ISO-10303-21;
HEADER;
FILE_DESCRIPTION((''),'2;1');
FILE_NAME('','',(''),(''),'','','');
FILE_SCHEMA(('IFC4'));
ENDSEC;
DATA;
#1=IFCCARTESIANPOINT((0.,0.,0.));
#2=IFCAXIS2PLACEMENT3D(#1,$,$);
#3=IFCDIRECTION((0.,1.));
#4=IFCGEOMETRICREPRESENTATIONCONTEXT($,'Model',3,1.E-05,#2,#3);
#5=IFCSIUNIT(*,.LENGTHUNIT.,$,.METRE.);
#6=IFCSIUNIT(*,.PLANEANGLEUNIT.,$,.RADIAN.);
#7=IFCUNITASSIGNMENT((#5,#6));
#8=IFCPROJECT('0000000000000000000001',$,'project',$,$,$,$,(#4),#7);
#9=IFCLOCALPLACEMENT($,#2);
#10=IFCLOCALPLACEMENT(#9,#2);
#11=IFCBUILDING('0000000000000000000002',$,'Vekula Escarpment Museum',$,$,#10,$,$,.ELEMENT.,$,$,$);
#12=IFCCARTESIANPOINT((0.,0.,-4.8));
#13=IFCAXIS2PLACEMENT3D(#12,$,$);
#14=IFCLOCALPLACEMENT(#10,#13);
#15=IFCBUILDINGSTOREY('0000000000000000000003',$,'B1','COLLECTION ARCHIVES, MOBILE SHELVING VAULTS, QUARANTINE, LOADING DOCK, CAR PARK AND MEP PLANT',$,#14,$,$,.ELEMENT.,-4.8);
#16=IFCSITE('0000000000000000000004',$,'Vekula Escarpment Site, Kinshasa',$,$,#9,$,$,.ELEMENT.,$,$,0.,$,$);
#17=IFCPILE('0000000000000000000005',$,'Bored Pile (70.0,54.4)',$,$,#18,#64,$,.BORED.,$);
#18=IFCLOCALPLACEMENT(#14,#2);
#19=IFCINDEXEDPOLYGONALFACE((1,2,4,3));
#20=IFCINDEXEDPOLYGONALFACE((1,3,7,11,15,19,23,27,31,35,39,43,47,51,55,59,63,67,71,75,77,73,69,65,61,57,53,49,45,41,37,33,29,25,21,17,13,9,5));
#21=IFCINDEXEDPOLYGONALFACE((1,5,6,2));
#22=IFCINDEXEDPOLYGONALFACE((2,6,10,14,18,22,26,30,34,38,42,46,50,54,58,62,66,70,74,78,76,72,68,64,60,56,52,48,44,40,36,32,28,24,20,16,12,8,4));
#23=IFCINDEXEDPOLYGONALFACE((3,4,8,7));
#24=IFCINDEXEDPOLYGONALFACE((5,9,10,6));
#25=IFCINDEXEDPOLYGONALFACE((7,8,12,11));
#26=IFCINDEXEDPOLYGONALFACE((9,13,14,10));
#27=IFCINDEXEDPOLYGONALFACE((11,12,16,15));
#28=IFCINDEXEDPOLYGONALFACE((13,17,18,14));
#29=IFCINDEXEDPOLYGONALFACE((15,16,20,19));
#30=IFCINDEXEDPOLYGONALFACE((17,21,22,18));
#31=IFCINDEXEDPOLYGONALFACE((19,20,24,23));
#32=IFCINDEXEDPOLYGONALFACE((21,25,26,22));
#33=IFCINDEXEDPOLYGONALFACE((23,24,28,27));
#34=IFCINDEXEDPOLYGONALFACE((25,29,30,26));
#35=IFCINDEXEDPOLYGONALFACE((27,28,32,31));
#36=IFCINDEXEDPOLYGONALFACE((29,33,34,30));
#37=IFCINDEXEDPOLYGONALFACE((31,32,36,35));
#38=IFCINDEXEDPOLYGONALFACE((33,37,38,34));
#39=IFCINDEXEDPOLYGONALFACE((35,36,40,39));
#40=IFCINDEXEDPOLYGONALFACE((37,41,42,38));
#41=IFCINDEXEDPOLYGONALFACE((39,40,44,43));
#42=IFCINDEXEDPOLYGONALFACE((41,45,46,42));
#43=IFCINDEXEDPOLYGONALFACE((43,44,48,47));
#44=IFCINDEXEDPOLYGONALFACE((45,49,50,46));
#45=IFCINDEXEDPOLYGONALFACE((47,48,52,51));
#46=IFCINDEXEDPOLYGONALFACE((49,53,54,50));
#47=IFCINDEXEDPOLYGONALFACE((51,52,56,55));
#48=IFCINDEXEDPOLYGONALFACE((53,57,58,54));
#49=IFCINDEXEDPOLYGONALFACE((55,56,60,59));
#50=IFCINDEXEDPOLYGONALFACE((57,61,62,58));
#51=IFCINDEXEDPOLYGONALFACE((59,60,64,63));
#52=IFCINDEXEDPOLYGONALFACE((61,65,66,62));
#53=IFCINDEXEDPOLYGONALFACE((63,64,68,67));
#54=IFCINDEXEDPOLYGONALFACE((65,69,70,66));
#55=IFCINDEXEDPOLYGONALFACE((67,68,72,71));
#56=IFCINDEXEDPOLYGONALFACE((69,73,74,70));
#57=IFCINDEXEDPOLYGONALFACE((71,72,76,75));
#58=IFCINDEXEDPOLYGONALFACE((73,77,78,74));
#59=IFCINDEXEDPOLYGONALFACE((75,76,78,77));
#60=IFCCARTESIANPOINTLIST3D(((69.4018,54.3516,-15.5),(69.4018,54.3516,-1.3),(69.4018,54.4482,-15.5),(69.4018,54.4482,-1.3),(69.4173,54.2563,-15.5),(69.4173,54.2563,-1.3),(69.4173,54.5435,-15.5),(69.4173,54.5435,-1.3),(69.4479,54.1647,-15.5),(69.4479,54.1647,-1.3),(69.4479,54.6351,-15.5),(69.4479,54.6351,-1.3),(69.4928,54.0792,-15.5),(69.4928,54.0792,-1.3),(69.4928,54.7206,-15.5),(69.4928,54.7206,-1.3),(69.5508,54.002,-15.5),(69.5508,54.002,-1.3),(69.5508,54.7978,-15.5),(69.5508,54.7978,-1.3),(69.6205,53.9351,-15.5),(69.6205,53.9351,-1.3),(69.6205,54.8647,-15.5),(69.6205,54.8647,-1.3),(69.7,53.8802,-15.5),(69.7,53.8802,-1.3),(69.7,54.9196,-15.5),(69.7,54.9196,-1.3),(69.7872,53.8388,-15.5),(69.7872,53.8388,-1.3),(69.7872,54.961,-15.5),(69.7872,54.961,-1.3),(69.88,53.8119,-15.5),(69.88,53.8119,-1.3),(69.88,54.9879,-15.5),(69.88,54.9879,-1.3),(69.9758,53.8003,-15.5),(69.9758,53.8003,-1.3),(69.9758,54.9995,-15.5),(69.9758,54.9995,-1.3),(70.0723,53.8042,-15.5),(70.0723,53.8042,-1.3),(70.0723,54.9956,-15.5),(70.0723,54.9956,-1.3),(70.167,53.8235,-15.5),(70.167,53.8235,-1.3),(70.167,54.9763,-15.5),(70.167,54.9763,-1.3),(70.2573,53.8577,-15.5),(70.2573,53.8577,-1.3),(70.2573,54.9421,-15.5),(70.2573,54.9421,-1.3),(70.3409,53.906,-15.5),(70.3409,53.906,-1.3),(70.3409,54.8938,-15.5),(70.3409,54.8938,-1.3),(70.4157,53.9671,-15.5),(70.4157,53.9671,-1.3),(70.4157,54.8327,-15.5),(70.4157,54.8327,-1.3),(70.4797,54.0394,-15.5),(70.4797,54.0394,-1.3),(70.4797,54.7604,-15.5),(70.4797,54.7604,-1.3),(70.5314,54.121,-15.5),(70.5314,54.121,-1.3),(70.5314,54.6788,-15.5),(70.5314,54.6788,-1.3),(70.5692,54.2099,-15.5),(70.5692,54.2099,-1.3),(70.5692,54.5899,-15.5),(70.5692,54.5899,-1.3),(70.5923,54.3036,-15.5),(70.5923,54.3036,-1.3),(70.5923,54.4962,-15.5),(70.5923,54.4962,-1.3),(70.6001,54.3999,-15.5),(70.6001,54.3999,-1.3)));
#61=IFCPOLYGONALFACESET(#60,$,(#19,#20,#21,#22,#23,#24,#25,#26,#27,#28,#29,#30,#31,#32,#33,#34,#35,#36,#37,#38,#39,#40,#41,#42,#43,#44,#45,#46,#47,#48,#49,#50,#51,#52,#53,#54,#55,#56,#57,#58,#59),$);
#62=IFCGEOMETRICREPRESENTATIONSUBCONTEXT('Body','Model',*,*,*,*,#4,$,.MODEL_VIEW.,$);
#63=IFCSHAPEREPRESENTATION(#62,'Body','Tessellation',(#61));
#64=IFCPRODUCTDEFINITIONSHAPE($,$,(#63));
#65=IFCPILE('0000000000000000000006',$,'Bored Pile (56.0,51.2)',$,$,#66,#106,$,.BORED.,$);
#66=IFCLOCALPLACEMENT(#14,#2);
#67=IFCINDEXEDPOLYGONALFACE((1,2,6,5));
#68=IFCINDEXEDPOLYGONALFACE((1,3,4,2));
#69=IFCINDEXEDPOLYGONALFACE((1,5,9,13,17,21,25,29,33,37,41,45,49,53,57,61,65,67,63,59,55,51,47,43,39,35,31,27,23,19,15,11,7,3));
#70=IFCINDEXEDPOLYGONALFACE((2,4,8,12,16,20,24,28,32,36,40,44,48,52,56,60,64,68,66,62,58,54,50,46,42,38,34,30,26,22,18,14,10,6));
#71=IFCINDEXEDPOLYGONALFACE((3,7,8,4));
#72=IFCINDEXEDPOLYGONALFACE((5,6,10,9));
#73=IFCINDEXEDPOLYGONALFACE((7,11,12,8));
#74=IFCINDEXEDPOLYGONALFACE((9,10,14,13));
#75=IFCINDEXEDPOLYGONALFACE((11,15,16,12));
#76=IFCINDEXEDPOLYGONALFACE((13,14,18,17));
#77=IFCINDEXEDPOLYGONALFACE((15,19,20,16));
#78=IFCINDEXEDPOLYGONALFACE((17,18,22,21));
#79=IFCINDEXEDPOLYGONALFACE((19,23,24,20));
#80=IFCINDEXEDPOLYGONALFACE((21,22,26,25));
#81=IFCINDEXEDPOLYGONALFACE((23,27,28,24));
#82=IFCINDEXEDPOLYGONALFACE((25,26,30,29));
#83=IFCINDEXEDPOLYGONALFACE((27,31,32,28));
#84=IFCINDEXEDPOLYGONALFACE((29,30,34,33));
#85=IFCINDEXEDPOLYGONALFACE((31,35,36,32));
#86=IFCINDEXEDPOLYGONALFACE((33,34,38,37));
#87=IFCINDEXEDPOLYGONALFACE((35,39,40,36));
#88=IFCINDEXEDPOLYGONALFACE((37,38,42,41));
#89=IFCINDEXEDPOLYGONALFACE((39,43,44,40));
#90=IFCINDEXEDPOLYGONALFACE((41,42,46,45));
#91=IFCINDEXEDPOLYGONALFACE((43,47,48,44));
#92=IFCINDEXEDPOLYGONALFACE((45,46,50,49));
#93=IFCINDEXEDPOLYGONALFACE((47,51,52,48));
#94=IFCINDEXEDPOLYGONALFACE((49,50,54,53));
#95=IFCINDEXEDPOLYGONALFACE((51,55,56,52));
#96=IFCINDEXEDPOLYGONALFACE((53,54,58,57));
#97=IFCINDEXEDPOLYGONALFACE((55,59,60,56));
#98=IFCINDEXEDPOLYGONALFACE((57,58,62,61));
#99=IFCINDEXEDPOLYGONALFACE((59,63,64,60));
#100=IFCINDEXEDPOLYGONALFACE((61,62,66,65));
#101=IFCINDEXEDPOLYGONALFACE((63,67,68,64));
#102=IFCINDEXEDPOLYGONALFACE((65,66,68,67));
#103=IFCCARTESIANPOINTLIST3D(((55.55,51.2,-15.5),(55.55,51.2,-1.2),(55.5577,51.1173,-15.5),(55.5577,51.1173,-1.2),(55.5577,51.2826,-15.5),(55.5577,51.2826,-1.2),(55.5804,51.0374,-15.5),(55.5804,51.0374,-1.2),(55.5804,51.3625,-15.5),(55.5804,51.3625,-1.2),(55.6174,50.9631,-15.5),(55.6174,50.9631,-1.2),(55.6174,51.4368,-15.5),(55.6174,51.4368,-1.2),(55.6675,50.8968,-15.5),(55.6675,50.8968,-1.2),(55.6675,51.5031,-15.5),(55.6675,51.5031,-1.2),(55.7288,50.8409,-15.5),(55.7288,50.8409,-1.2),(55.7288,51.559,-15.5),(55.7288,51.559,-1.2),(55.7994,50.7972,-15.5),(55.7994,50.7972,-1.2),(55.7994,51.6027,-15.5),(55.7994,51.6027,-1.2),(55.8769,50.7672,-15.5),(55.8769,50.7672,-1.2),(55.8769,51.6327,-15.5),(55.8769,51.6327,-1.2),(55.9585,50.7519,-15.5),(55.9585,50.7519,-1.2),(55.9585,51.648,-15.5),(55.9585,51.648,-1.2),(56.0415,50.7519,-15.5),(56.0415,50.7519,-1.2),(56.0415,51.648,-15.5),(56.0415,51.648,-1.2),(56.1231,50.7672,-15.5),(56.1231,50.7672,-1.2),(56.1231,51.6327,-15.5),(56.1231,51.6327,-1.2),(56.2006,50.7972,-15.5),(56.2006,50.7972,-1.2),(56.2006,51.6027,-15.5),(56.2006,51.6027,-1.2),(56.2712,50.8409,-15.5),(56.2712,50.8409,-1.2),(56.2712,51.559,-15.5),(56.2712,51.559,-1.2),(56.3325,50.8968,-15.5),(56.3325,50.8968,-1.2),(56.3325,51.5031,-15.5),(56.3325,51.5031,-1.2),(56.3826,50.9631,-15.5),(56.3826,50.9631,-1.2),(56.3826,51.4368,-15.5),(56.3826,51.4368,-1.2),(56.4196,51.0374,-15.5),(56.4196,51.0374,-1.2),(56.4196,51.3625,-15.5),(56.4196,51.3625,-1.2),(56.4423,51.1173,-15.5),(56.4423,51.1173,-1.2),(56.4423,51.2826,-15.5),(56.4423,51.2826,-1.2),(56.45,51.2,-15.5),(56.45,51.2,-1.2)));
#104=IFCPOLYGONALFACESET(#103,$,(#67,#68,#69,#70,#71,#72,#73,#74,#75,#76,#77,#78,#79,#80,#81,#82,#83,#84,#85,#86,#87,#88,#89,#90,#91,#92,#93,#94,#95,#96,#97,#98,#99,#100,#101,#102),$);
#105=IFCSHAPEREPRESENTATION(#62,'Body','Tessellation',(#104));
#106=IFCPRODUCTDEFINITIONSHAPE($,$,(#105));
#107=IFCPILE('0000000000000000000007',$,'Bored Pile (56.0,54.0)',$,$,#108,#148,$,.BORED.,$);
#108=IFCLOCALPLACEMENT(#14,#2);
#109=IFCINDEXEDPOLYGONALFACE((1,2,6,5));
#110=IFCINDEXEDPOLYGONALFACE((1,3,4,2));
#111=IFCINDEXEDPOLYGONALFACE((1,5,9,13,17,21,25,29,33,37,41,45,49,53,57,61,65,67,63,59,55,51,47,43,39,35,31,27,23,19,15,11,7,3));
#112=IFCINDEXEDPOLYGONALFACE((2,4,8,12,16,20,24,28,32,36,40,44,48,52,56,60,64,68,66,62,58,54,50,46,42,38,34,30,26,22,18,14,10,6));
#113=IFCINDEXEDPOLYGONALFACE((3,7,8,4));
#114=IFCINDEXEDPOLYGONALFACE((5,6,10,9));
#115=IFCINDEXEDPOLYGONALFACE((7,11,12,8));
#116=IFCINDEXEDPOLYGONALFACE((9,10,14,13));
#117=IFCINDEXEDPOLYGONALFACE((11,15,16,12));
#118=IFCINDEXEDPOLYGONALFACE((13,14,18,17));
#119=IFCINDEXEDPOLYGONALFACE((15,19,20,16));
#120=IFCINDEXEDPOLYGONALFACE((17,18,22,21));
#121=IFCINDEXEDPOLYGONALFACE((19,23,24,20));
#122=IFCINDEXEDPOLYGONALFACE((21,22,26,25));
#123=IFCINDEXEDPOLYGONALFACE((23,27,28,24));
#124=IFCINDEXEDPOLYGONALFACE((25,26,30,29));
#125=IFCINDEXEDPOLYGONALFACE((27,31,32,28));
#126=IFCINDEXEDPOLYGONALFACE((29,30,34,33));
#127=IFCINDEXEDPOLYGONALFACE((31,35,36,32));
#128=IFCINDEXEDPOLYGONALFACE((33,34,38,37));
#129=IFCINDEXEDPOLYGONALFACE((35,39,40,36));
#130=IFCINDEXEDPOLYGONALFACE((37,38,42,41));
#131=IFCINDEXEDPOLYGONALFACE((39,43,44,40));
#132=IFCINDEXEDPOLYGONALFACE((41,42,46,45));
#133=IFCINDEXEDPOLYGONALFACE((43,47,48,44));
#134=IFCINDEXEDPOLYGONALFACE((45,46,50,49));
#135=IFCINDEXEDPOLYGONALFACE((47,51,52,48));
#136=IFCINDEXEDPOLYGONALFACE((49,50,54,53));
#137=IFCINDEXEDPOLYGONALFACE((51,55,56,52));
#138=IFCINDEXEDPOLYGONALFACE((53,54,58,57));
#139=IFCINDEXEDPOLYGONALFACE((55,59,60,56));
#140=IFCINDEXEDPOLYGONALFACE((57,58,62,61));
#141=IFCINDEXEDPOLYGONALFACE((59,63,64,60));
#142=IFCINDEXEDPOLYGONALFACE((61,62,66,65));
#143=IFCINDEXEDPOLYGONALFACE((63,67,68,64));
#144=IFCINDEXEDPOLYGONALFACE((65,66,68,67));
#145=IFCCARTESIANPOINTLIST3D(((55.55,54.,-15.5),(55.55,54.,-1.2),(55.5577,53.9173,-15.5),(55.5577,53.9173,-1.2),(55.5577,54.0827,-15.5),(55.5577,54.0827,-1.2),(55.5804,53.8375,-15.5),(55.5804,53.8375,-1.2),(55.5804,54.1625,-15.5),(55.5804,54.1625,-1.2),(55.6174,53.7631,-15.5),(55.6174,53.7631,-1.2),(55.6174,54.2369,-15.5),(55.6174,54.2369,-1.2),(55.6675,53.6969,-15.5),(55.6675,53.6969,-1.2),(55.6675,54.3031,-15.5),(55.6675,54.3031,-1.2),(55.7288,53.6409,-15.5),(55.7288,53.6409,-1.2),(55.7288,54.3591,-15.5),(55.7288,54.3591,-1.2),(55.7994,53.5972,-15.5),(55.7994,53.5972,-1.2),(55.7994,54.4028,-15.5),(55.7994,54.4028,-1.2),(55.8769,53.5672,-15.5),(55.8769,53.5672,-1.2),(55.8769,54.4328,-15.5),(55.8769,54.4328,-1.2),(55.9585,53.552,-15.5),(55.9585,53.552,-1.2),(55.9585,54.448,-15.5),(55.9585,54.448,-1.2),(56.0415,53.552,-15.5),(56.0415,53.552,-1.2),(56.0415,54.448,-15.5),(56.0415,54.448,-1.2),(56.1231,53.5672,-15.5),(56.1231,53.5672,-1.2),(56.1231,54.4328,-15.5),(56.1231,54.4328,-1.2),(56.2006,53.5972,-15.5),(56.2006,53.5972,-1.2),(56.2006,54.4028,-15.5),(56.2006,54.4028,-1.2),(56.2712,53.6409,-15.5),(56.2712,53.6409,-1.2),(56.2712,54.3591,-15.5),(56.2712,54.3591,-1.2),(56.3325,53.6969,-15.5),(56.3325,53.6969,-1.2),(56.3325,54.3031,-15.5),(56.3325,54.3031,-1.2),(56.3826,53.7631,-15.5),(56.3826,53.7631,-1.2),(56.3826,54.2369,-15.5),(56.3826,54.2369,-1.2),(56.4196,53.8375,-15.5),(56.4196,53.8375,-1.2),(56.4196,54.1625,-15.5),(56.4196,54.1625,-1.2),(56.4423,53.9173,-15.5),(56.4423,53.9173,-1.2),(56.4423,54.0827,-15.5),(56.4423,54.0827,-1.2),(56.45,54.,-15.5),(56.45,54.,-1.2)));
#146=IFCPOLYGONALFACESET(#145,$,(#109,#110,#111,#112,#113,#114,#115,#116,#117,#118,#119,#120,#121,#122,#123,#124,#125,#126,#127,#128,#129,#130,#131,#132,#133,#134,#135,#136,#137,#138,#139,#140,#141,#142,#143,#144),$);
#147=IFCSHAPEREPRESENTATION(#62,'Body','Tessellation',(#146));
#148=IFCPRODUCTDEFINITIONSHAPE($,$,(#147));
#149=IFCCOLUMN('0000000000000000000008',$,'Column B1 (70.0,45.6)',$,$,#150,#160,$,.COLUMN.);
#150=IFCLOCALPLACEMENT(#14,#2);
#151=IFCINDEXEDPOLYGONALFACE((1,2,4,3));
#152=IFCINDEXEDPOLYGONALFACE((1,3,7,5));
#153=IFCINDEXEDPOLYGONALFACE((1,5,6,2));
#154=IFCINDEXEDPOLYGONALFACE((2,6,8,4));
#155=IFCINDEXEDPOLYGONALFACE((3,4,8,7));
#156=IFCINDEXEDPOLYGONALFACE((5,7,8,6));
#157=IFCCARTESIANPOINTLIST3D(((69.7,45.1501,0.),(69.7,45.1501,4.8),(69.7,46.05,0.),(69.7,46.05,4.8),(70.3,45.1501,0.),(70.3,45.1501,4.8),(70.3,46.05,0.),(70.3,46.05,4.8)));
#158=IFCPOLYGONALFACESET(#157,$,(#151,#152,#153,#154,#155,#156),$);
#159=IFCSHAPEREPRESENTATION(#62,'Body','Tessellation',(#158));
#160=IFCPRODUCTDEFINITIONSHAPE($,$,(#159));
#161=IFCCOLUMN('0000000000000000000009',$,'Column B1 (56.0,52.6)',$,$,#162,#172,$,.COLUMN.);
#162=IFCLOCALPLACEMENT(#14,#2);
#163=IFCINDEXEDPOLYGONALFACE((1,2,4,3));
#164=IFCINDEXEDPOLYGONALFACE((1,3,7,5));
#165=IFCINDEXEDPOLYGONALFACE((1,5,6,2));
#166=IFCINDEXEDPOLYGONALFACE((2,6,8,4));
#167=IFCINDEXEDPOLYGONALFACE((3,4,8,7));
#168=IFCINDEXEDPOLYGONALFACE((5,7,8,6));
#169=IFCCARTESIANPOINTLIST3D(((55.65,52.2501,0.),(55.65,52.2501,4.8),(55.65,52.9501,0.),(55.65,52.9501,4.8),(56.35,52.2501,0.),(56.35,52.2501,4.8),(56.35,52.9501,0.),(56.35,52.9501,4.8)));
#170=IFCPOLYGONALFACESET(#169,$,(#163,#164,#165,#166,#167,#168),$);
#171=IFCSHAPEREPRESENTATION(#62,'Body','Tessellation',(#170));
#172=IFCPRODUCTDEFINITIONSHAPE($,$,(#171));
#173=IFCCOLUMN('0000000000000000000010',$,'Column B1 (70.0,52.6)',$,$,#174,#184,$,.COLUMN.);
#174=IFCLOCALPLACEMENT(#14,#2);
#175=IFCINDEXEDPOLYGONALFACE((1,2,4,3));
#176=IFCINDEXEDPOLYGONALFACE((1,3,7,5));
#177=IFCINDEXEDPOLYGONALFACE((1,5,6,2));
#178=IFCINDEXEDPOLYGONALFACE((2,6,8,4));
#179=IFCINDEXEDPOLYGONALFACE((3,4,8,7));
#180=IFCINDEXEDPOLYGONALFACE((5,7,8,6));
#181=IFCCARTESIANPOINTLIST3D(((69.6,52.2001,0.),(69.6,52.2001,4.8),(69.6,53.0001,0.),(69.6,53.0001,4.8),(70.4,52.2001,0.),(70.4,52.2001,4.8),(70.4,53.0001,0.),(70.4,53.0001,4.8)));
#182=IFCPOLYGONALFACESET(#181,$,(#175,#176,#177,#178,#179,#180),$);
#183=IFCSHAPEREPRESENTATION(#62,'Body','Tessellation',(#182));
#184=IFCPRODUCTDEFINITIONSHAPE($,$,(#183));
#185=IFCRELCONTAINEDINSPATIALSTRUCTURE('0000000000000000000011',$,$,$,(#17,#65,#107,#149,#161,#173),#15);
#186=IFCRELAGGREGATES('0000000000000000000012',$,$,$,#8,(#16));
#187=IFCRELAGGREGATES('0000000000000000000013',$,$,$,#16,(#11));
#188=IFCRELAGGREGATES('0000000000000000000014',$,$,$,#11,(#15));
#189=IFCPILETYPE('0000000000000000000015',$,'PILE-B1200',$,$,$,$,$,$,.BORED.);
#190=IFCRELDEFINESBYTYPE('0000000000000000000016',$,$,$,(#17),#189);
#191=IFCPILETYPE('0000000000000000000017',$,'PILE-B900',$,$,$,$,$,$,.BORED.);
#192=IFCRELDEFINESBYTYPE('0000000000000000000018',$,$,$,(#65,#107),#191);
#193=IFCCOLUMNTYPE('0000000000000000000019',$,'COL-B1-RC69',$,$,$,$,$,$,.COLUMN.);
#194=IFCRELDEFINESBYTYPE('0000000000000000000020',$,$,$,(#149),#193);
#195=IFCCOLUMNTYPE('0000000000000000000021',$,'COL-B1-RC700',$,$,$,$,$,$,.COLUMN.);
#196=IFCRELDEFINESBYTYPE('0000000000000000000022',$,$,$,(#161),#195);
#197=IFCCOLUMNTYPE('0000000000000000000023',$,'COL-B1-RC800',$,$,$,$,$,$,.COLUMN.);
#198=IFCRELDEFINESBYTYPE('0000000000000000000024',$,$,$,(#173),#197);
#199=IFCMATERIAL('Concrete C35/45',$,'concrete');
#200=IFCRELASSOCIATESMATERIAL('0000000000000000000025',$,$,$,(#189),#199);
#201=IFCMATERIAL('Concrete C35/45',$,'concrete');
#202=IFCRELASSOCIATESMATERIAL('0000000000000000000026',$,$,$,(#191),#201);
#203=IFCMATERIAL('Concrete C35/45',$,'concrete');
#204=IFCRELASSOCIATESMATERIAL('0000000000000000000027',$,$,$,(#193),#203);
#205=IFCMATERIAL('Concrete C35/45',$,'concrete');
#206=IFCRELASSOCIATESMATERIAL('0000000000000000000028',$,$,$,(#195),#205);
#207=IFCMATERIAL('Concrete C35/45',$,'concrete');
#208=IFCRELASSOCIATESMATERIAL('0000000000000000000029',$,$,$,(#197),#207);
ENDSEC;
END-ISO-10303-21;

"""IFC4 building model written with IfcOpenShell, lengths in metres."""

from ifc_helpers import new_model, si_unit, direction, frame, origin, origin_2d, place, context, subcontext, project, spatial, rectangle, circle, extrude, material, material_profile, profile_set, type_object, element, save


model = new_model("IFC4")

# Units and contexts
model_context = context("Model", 3, precision=1e-05, world=origin(), true_north=direction((0.0, 1.0)))
body_context = subcontext(model_context, "Body", "Model", "MODEL_VIEW")
ifc_project = project(units=[si_unit("LENGTHUNIT", "METRE"), si_unit("PLANEANGLEUNIT", "RADIAN")], contexts=[model_context])

# Site, building, storey
site_placement = place(None, origin())
site = spatial("IfcSite", under=ifc_project, at=site_placement, Name="Vekula Escarpment Site, Kinshasa", CompositionType="ELEMENT", RefElevation=0.0)
building_placement = place(site_placement, origin())
building = spatial("IfcBuilding", under=site, at=building_placement, Name="Vekula Escarpment Museum", CompositionType="ELEMENT")
storey_placement = place(building_placement, frame((0.0, 0.0, -4.8)))
storey = spatial("IfcBuildingStorey", under=building, at=storey_placement, Name="B1", Description="COLLECTION ARCHIVES, MOBILE SHELVING VAULTS, QUARANTINE, LOADING DOCK, CAR PARK AND MEP PLANT", CompositionType="ELEMENT", Elevation=-4.8)

# Piles
ifc_material_1 = material(Name="Concrete C35/45", Category="concrete")
ifc_material_profile_1 = material_profile(ifc_material_1, circle(Radius=0.6001, at=origin_2d()), Name="BORED PILE 1200")
ifc_profile_set_1 = profile_set([ifc_material_profile_1], Name="Concrete C35/45")
pile_type_1 = type_object("IfcPileType", Name="PILE-B1200", PredefinedType="BORED", material=ifc_profile_set_1)
for number, where, z_axis, x_axis, name in (
    (1, (70.0, 54.3999, -1.3), (0.0, 0.0, -1.0), (1.0, 0.0, 0.0), "Bored Pile (70.0,54.4)"),
):
    element("IfcPile", number, at=place(storey_placement, frame(where, z_axis=z_axis, x_axis=x_axis)), inside=storey, type_object=pile_type_1, Name=name, PredefinedType="BORED", context=body_context, shape_type="SweptSolid", body=[
        extrude(circle(Radius=0.6001, at=origin_2d()), origin(), (0.0, 0.0, 1.0), 14.2),
    ])
ifc_material_2 = material(Name="Concrete C35/45", Category="concrete")
ifc_material_profile_2 = material_profile(ifc_material_2, circle(Radius=0.45, at=origin_2d()), Name="BORED PILE 900")
ifc_profile_set_2 = profile_set([ifc_material_profile_2], Name="Concrete C35/45")
pile_type_2 = type_object("IfcPileType", Name="PILE-B900", PredefinedType="BORED", material=ifc_profile_set_2)
for number, where, z_axis, x_axis, name in (
    (2, (56.0, 51.2, -1.2), (0.0, 0.0, -1.0), (1.0, 0.0, 0.0), "Bored Pile (56.0,51.2)"),
    (3, (56.0, 54.0, -1.2), (0.0, 0.0, -1.0), (1.0, 0.0, 0.0), "Bored Pile (56.0,54.0)"),
):
    element("IfcPile", number, at=place(storey_placement, frame(where, z_axis=z_axis, x_axis=x_axis)), inside=storey, type_object=pile_type_2, Name=name, PredefinedType="BORED", context=body_context, shape_type="SweptSolid", body=[
        extrude(circle(Radius=0.45, at=origin_2d()), origin(), (0.0, 0.0, 1.0), 14.3),
    ])

# Columns
ifc_material_3 = material(Name="Concrete C35/45", Category="concrete")
ifc_material_profile_3 = material_profile(ifc_material_3, rectangle(XDim=0.6001, YDim=0.8999, at=origin_2d()), Name="RC 600x900")
ifc_profile_set_3 = profile_set([ifc_material_profile_3], Name="Concrete C35/45")
column_type_1 = type_object("IfcColumnType", Name="COL-B1-RC69", PredefinedType="COLUMN", material=ifc_profile_set_3)
column_1_placement = place(storey_placement, frame((70.0, 45.6001, 0.0), z_axis=(0.0, 0.0, 1.0), x_axis=(1.0, 0.0, 0.0)))
element("IfcColumn", 4, at=column_1_placement, inside=storey, type_object=column_type_1, Name="Column B1 (70.0,45.6)", PredefinedType="COLUMN", context=body_context, shape_type="SweptSolid", body=[
    extrude(rectangle(XDim=0.6001, YDim=0.8999, at=origin_2d()), origin(), (0.0, 0.0, 1.0), 4.8),
])
ifc_material_4 = material(Name="Concrete C35/45", Category="concrete")
ifc_material_profile_4 = material_profile(ifc_material_4, rectangle(XDim=0.7, YDim=0.7, at=origin_2d()), Name="RC 700x700")
ifc_profile_set_4 = profile_set([ifc_material_profile_4], Name="Concrete C35/45")
column_type_2 = type_object("IfcColumnType", Name="COL-B1-RC700", PredefinedType="COLUMN", material=ifc_profile_set_4)
column_2_placement = place(storey_placement, frame((56.0, 52.6001, 0.0), z_axis=(0.0, 0.0, 1.0), x_axis=(1.0, 0.0, 0.0)))
element("IfcColumn", 5, at=column_2_placement, inside=storey, type_object=column_type_2, Name="Column B1 (56.0,52.6)", PredefinedType="COLUMN", context=body_context, shape_type="SweptSolid", body=[
    extrude(rectangle(XDim=0.7, YDim=0.7, at=origin_2d()), origin(), (0.0, 0.0, 1.0), 4.8),
])
ifc_material_5 = material(Name="Concrete C35/45", Category="concrete")
ifc_material_profile_5 = material_profile(ifc_material_5, rectangle(XDim=0.8, YDim=0.8, at=origin_2d()), Name="RC 800x800")
ifc_profile_set_5 = profile_set([ifc_material_profile_5], Name="Concrete C35/45")
column_type_3 = type_object("IfcColumnType", Name="COL-B1-RC800", PredefinedType="COLUMN", material=ifc_profile_set_5)
column_3_placement = place(storey_placement, frame((70.0, 52.6001, 0.0), z_axis=(0.0, 0.0, 1.0), x_axis=(1.0, 0.0, 0.0)))
element("IfcColumn", 6, at=column_3_placement, inside=storey, type_object=column_type_3, Name="Column B1 (70.0,52.6)", PredefinedType="COLUMN", context=body_context, shape_type="SweptSolid", body=[
    extrude(rectangle(XDim=0.8, YDim=0.8, at=origin_2d()), origin(), (0.0, 0.0, 1.0), 4.8),
])

save(model, "model.ifc")
